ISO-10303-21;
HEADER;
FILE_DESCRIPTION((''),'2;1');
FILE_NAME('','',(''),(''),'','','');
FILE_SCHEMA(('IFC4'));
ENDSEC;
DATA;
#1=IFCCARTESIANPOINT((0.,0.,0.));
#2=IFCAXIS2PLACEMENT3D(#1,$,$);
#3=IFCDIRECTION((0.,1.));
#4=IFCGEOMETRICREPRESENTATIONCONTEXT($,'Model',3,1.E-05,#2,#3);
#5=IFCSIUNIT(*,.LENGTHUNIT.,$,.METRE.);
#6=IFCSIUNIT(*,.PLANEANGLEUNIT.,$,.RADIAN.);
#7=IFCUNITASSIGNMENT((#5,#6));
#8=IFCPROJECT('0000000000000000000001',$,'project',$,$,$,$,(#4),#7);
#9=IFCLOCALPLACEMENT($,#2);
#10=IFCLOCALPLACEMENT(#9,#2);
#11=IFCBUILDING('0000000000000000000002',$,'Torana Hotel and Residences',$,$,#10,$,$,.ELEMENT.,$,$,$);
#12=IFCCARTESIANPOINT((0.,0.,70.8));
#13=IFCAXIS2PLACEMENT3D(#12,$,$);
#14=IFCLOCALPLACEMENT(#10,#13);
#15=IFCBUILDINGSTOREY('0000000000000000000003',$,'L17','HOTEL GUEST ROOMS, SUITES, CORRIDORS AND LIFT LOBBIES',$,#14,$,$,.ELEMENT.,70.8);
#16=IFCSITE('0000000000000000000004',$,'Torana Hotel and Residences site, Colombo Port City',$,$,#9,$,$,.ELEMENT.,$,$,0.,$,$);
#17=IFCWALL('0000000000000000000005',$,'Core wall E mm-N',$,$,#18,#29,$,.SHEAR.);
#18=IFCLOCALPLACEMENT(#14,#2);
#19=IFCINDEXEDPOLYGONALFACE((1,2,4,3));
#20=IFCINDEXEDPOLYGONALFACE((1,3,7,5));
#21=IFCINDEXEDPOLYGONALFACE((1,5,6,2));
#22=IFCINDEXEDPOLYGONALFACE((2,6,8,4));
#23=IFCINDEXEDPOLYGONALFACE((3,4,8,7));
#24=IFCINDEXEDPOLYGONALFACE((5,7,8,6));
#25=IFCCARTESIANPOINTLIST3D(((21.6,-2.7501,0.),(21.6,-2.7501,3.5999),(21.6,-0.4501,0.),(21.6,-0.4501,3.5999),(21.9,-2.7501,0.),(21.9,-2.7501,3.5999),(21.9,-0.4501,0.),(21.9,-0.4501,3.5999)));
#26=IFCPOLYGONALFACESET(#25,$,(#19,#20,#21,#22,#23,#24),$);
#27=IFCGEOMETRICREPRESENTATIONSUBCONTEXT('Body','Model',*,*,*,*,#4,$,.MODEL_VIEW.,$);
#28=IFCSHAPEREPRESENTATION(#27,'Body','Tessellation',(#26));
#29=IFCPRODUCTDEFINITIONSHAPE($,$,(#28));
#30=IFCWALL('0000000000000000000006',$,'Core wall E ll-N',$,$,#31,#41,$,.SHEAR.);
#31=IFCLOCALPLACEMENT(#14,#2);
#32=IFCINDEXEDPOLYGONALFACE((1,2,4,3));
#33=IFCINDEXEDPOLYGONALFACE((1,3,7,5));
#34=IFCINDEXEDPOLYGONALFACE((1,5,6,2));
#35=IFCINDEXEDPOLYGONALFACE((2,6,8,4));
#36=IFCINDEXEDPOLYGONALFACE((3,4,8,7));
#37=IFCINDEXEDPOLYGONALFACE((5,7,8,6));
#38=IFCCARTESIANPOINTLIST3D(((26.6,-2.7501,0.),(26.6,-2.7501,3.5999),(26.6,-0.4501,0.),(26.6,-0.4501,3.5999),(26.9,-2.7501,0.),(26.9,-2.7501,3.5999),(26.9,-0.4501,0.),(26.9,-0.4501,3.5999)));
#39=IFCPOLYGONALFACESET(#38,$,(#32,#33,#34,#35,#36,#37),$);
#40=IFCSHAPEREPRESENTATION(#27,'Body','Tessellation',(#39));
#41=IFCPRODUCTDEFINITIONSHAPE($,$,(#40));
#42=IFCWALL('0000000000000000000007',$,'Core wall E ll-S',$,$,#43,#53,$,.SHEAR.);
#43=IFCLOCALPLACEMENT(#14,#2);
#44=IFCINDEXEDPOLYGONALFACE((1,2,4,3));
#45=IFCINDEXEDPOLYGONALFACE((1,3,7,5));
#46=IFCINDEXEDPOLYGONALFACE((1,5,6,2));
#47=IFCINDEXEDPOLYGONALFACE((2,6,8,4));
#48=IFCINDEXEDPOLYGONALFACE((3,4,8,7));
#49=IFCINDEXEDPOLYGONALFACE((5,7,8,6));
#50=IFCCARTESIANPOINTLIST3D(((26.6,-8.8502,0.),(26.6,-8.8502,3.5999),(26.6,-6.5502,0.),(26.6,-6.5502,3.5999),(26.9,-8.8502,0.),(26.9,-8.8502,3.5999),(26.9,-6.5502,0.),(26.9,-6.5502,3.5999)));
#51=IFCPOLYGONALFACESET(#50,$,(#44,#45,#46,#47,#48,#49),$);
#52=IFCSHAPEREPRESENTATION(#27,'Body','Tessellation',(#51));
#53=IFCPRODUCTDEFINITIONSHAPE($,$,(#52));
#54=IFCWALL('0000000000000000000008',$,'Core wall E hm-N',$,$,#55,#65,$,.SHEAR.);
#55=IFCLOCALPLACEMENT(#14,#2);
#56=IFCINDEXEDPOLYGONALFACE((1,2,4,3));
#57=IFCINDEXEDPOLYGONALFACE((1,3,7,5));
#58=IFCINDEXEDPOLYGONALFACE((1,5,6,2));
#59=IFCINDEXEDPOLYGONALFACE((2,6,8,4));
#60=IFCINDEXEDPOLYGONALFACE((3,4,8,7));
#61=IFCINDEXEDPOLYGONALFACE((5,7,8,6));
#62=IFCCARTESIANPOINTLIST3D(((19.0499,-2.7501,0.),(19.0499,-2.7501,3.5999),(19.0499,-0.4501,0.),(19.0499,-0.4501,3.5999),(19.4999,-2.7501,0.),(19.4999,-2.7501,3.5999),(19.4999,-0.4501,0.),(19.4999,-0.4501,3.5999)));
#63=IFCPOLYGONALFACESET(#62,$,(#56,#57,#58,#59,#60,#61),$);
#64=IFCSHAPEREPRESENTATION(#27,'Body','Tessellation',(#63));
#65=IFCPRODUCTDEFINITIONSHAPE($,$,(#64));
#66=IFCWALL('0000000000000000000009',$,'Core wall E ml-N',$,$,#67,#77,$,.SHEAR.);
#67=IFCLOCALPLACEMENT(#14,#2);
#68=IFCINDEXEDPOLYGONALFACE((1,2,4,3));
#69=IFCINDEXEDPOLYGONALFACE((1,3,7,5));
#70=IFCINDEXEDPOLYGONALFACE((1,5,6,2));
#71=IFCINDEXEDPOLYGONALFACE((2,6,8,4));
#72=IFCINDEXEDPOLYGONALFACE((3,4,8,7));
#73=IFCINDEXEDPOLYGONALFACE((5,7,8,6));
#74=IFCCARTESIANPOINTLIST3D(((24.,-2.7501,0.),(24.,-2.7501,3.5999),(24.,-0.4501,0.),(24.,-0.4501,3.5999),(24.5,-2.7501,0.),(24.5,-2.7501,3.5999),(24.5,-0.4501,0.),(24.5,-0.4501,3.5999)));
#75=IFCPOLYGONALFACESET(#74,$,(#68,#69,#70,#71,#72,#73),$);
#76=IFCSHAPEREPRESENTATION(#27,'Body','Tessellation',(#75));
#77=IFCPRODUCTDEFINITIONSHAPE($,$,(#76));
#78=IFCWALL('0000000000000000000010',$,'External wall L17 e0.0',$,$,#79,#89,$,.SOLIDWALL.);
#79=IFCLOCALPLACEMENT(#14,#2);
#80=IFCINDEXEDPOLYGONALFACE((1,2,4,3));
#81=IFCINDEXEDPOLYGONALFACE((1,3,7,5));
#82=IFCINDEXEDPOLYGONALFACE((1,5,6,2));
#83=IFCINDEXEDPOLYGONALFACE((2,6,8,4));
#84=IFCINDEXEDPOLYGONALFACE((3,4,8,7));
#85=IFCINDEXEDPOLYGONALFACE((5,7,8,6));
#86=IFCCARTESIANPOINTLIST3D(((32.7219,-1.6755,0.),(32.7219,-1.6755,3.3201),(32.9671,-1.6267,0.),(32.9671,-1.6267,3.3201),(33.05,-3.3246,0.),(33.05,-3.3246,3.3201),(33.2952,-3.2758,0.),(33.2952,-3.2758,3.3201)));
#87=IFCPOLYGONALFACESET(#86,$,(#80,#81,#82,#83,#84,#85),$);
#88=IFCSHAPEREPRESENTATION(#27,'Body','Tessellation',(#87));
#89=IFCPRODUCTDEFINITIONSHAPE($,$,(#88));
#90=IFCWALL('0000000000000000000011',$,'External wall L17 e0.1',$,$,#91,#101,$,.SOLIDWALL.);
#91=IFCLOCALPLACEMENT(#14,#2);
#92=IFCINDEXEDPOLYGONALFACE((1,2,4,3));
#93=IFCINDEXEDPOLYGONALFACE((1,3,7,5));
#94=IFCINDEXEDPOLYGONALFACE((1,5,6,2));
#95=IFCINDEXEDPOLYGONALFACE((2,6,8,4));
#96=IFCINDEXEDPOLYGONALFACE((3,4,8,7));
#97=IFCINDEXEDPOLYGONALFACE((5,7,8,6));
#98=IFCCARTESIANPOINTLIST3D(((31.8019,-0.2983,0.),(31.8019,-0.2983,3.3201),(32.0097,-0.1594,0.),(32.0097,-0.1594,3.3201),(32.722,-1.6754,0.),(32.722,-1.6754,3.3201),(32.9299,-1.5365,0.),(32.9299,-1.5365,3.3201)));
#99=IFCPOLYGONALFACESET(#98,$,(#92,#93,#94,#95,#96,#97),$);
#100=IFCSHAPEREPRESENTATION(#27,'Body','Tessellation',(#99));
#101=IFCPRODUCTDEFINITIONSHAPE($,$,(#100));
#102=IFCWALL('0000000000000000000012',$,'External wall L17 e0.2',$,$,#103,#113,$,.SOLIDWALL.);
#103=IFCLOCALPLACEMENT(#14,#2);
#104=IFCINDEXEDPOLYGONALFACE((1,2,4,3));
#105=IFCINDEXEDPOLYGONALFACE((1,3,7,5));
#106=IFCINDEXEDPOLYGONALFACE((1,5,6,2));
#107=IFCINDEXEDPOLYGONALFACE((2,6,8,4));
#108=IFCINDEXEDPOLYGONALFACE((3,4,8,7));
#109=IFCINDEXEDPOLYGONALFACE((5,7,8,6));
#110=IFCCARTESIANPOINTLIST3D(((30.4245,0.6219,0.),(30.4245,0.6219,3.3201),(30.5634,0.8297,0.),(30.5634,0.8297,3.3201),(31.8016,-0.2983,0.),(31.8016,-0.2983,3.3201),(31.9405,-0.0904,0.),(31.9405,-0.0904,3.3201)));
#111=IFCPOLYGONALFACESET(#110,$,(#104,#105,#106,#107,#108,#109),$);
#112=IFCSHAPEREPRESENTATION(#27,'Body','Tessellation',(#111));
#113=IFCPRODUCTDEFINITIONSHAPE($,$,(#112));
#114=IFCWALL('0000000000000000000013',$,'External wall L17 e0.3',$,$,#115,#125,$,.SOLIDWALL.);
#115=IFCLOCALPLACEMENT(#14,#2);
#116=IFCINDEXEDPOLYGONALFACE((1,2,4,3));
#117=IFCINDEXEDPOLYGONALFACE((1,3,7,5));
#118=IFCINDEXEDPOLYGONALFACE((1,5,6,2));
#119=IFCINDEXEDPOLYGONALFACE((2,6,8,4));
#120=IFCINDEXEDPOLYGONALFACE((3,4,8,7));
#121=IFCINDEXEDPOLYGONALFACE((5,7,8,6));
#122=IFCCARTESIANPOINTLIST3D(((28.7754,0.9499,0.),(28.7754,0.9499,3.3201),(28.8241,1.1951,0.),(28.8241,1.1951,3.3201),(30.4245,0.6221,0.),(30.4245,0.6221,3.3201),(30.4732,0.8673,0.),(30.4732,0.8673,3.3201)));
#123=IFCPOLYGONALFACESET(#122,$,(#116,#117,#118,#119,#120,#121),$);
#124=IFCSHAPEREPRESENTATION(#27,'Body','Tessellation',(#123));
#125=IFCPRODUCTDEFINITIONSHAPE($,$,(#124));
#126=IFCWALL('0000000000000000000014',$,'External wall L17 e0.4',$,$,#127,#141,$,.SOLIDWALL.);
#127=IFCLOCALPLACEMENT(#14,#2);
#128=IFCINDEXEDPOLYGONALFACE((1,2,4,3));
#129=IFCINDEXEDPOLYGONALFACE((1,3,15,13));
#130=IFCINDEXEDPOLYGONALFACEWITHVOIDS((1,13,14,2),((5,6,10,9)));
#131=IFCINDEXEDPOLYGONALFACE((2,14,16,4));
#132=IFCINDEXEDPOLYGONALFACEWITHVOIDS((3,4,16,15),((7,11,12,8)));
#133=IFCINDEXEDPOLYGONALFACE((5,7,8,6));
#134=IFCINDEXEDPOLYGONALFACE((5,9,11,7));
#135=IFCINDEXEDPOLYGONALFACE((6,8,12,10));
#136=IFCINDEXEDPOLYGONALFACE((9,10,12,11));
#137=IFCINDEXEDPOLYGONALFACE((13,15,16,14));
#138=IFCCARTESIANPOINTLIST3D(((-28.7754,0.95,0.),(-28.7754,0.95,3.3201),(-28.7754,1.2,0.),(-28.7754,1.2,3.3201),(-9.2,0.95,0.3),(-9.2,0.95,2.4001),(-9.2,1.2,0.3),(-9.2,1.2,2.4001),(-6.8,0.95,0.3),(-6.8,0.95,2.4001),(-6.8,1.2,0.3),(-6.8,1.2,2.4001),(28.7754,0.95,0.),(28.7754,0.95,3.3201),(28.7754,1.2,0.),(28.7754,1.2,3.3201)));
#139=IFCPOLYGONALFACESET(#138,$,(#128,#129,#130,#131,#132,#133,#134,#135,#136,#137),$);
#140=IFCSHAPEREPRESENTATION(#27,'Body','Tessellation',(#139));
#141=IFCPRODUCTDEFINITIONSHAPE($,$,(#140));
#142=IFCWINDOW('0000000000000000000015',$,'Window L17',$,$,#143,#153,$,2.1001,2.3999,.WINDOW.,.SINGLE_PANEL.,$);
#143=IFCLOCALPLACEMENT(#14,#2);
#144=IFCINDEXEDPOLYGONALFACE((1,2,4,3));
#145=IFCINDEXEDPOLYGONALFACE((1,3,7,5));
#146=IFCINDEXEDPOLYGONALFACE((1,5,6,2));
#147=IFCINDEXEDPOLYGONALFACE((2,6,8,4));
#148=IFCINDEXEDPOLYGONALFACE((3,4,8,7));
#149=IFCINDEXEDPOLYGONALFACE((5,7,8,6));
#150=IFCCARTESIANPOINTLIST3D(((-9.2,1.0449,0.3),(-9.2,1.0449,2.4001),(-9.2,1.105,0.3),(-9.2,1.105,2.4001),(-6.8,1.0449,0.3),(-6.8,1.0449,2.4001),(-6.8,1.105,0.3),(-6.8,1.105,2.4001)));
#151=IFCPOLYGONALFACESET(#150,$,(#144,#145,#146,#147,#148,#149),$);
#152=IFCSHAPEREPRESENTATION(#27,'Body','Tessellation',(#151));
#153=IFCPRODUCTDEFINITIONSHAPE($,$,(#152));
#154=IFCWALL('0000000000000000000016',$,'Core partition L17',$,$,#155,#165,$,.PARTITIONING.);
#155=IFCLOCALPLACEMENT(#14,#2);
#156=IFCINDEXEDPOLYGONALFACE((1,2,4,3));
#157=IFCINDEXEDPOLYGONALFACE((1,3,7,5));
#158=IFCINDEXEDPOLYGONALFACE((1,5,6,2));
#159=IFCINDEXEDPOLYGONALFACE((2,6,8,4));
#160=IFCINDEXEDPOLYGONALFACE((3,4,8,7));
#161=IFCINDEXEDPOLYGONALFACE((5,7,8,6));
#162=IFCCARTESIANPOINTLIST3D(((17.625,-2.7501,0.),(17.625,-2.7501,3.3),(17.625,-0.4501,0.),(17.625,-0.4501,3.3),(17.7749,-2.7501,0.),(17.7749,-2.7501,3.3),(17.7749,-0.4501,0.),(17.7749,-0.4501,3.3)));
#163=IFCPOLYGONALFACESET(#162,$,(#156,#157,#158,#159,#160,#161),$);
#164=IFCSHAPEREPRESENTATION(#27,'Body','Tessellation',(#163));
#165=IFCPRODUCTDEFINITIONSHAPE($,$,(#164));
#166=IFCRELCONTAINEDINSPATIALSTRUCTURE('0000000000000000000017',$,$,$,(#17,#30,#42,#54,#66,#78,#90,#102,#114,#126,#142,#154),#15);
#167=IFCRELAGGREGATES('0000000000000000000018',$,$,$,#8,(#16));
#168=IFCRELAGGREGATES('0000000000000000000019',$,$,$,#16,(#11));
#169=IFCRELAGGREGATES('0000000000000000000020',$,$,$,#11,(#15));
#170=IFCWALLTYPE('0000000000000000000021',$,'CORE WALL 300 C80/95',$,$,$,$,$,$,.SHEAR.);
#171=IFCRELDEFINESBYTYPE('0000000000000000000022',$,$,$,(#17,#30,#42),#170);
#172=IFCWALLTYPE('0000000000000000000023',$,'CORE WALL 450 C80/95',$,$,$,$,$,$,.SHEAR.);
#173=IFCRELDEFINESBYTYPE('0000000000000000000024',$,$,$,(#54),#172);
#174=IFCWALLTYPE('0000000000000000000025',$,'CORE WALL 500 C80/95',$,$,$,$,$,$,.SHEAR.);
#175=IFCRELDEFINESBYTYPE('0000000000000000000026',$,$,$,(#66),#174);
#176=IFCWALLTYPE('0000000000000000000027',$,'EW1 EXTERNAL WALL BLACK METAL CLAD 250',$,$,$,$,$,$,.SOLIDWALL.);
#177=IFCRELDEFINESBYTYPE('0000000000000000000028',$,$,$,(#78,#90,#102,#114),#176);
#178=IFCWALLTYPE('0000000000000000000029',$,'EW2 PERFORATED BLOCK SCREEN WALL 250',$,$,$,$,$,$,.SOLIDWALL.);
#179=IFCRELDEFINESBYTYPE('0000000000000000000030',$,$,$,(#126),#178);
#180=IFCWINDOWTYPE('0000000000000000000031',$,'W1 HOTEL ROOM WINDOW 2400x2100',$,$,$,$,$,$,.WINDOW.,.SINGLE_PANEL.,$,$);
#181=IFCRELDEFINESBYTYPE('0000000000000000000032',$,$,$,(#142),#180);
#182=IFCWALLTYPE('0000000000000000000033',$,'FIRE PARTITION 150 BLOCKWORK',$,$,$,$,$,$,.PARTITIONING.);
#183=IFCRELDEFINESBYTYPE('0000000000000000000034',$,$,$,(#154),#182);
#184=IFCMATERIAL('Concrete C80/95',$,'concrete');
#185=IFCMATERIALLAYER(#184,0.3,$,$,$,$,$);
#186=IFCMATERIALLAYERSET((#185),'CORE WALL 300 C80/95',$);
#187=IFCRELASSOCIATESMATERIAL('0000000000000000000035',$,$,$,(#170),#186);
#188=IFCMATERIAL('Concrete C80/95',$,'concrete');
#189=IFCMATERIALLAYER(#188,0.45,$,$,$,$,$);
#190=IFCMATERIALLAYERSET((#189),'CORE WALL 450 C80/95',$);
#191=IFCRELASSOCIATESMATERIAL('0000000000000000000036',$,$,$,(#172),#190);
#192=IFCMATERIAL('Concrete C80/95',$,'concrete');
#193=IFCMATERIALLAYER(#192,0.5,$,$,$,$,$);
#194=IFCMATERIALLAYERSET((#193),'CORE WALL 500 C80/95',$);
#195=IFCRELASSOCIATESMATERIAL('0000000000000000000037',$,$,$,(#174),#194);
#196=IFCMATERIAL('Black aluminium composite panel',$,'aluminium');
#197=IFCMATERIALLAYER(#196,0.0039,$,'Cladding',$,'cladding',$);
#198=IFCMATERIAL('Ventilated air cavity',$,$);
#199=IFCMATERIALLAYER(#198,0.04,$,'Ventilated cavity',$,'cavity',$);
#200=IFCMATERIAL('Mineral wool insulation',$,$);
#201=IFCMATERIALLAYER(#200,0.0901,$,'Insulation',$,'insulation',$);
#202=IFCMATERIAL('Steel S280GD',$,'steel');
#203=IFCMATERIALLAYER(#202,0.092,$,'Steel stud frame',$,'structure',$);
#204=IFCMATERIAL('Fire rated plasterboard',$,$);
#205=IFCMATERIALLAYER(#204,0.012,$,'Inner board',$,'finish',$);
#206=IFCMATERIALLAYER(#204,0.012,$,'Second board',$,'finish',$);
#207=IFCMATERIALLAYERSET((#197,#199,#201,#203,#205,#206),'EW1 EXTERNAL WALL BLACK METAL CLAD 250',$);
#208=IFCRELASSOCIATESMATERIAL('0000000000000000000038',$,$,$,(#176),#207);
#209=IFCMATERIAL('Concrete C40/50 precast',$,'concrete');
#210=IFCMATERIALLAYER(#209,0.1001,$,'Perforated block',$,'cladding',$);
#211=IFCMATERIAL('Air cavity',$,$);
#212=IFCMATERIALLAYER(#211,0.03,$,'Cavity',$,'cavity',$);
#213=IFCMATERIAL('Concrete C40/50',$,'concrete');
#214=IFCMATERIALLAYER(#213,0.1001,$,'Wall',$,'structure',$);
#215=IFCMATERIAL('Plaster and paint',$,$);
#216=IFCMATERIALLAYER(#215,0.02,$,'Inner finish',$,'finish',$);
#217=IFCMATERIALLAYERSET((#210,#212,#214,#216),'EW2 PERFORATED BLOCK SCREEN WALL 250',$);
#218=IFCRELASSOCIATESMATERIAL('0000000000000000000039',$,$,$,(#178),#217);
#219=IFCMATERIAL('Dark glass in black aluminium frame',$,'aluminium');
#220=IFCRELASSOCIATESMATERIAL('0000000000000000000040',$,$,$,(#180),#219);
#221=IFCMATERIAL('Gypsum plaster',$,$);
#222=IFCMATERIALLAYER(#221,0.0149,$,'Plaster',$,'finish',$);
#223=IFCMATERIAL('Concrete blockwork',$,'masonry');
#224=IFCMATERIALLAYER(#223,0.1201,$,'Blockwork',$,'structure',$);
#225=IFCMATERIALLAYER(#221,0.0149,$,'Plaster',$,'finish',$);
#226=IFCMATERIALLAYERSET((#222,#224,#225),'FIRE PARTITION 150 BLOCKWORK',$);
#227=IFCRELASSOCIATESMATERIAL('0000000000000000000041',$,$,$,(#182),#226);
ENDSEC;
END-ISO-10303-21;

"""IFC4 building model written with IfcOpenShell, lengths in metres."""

from ifc_helpers import new_model, si_unit, direction, frame, frame_2d, origin, place, context, subcontext, project, spatial, rectangle, extrude, material, layer, layer_set, type_object, element, fill, save


model = new_model("IFC4")

# Units and contexts
model_context = context("Model", 3, precision=1e-05, world=origin(), true_north=direction((0.0, 1.0)))
body_context = subcontext(model_context, "Body", "Model", "MODEL_VIEW")
ifc_project = project(units=[si_unit("LENGTHUNIT", "METRE"), si_unit("PLANEANGLEUNIT", "RADIAN")], contexts=[model_context])

# Site, building, storey
site_placement = place(None, origin())
site = spatial("IfcSite", under=ifc_project, at=site_placement, Name="Torana Hotel and Residences site, Colombo Port City", CompositionType="ELEMENT", RefElevation=0.0)
building_placement = place(site_placement, origin())
building = spatial("IfcBuilding", under=site, at=building_placement, Name="Torana Hotel and Residences", CompositionType="ELEMENT")
storey_placement = place(building_placement, frame((0.0, 0.0, 70.8)))
storey = spatial("IfcBuildingStorey", under=building, at=storey_placement, Name="L17", Description="HOTEL GUEST ROOMS, SUITES, CORRIDORS AND LIFT LOBBIES", CompositionType="ELEMENT", Elevation=70.8)

# Walls
ifc_material_1 = material(Name="Concrete C80/95", Category="concrete")
ifc_layer_1 = layer(ifc_material_1, 0.3)
ifc_layer_set_1 = layer_set([ifc_layer_1], Name="CORE WALL 300 C80/95")
wall_type_1 = type_object("IfcWallType", Name="CORE WALL 300 C80/95", PredefinedType="SHEAR", material=ifc_layer_set_1)
for number, where, z_axis, x_axis, name in (
    (1, (21.75, -2.75, 0.0), (0.0, 0.0, 1.0), (0.0, 1.0, 0.0), "Core wall E mm-N"),
    (2, (26.75, -2.75, 0.0), (0.0, 0.0, 1.0), (0.0, 1.0, 0.0), "Core wall E ll-N"),
    (3, (26.75, -8.8501, 0.0), (0.0, 0.0, 1.0), (0.0, 1.0, 0.0), "Core wall E ll-S"),
):
    element("IfcWall", number, at=place(storey_placement, frame(where, z_axis=z_axis, x_axis=x_axis)), inside=storey, type_object=wall_type_1, Name=name, PredefinedType="SHEAR", context=body_context, shape_type="SweptSolid", body=[
        extrude(rectangle(XDim=2.3, YDim=0.3, at=frame_2d((1.1499, 0.0))), origin(), (0.0, 0.0, 1.0), 3.5999),
    ])
ifc_material_2 = material(Name="Concrete C80/95", Category="concrete")
ifc_layer_2 = layer(ifc_material_2, 0.45)
ifc_layer_set_2 = layer_set([ifc_layer_2], Name="CORE WALL 450 C80/95")
wall_type_2 = type_object("IfcWallType", Name="CORE WALL 450 C80/95", PredefinedType="SHEAR", material=ifc_layer_set_2)
wall_1_placement = place(storey_placement, frame((19.2749, -2.75, 0.0), z_axis=(0.0, 0.0, 1.0), x_axis=(0.0, 1.0, 0.0)))
element("IfcWall", 4, at=wall_1_placement, inside=storey, type_object=wall_type_2, Name="Core wall E hm-N", PredefinedType="SHEAR", context=body_context, shape_type="SweptSolid", body=[
    extrude(rectangle(XDim=2.3, YDim=0.45, at=frame_2d((1.1499, 0.0))), origin(), (0.0, 0.0, 1.0), 3.5999),
])
ifc_material_3 = material(Name="Concrete C80/95", Category="concrete")
ifc_layer_3 = layer(ifc_material_3, 0.5)
ifc_layer_set_3 = layer_set([ifc_layer_3], Name="CORE WALL 500 C80/95")
wall_type_3 = type_object("IfcWallType", Name="CORE WALL 500 C80/95", PredefinedType="SHEAR", material=ifc_layer_set_3)
wall_2_placement = place(storey_placement, frame((24.25, -2.75, 0.0), z_axis=(0.0, 0.0, 1.0), x_axis=(0.0, 1.0, 0.0)))
element("IfcWall", 5, at=wall_2_placement, inside=storey, type_object=wall_type_3, Name="Core wall E ml-N", PredefinedType="SHEAR", context=body_context, shape_type="SweptSolid", body=[
    extrude(rectangle(XDim=2.3, YDim=0.5, at=frame_2d((1.1499, 0.0))), origin(), (0.0, 0.0, 1.0), 3.5999),
])
ifc_material_4 = material(Name="Black aluminium composite panel", Category="aluminium")
ifc_layer_4 = layer(ifc_material_4, 0.0039, Name="Cladding", Category="cladding")
ifc_material_5 = material(Name="Ventilated air cavity")
ifc_layer_5 = layer(ifc_material_5, 0.04, Name="Ventilated cavity", Category="cavity")
ifc_material_6 = material(Name="Mineral wool insulation")
ifc_layer_6 = layer(ifc_material_6, 0.0901, Name="Insulation", Category="insulation")
ifc_material_7 = material(Name="Steel S280GD", Category="steel")
ifc_layer_7 = layer(ifc_material_7, 0.092, Name="Steel stud frame", Category="structure")
ifc_material_8 = material(Name="Fire rated plasterboard")
ifc_layer_8 = layer(ifc_material_8, 0.012, Name="Inner board", Category="finish")
ifc_layer_9 = layer(ifc_material_8, 0.012, Name="Second board", Category="finish")
ifc_layer_set_4 = layer_set([ifc_layer_4, ifc_layer_5, ifc_layer_6, ifc_layer_7, ifc_layer_8, ifc_layer_9], Name="EW1 EXTERNAL WALL BLACK METAL CLAD 250")
wall_type_4 = type_object("IfcWallType", Name="EW1 EXTERNAL WALL BLACK METAL CLAD 250", PredefinedType="SOLIDWALL", material=ifc_layer_set_4)
wall_3_placement = place(storey_placement, frame((33.1726, -3.3003, 0.0), z_axis=(0.0, 0.0, 1.0), x_axis=(-0.195139, 0.980776, 0.0)))
element("IfcWall", 6, at=wall_3_placement, inside=storey, type_object=wall_type_4, Name="External wall L17 e0.0", PredefinedType="SOLIDWALL", context=body_context, shape_type="SweptSolid", body=[
    extrude(rectangle(XDim=1.6814, YDim=0.25, at=frame_2d((0.8408, 0.0))), origin(), (0.0, 0.0, 1.0), 3.3201),
])
for number, where, z_axis, x_axis, name in (
    (7, (32.8259, -1.606, 0.0), (0.0, 0.0, 1.0), (-0.55555, 0.831483, 0.0), "External wall L17 e0.1"),
    (8, (31.8711, -0.1943, 0.0), (0.0, 0.0, 1.0), (-0.831483, 0.55555, 0.0), "External wall L17 e0.2"),
):
    element("IfcWall", number, at=place(storey_placement, frame(where, z_axis=z_axis, x_axis=x_axis)), inside=storey, type_object=wall_type_4, Name=name, PredefinedType="SOLIDWALL", context=body_context, shape_type="SweptSolid", body=[
        extrude(rectangle(XDim=1.6562, YDim=0.25, at=frame_2d((0.8281, 0.0))), origin(), (0.0, 0.0, 1.0), 3.3201),
    ])
wall_4_placement = place(storey_placement, frame((30.449, 0.7446, 0.0), z_axis=(0.0, 0.0, 1.0), x_axis=(-0.980803, 0.194999, 0.0)))
element("IfcWall", 9, at=wall_4_placement, inside=storey, type_object=wall_type_4, Name="External wall L17 e0.3", PredefinedType="SOLIDWALL", context=body_context, shape_type="SweptSolid", body=[
    extrude(rectangle(XDim=1.6814, YDim=0.25, at=frame_2d((0.8408, 0.0))), origin(), (0.0, 0.0, 1.0), 3.3201),
])

# Wall, opening, window
ifc_material_9 = material(Name="Concrete C40/50 precast", Category="concrete")
ifc_layer_10 = layer(ifc_material_9, 0.1001, Name="Perforated block", Category="cladding")
ifc_material_10 = material(Name="Air cavity")
ifc_layer_11 = layer(ifc_material_10, 0.03, Name="Cavity", Category="cavity")
ifc_material_11 = material(Name="Concrete C40/50", Category="concrete")
ifc_layer_12 = layer(ifc_material_11, 0.1001, Name="Wall", Category="structure")
ifc_material_12 = material(Name="Plaster and paint")
ifc_layer_13 = layer(ifc_material_12, 0.02, Name="Inner finish", Category="finish")
ifc_layer_set_5 = layer_set([ifc_layer_10, ifc_layer_11, ifc_layer_12, ifc_layer_13], Name="EW2 PERFORATED BLOCK SCREEN WALL 250")
wall_type_5 = type_object("IfcWallType", Name="EW2 PERFORATED BLOCK SCREEN WALL 250", PredefinedType="SOLIDWALL", material=ifc_layer_set_5)
wall_5_placement = place(storey_placement, frame((28.7754, 1.075, 0.0), z_axis=(0.0, 0.0, 1.0), x_axis=(-1.0, 0.0, 0.0)))
wall_5 = element("IfcWall", 10, at=wall_5_placement, inside=storey, type_object=wall_type_5, Name="External wall L17 e0.4", PredefinedType="SOLIDWALL", context=body_context, shape_type="SweptSolid", body=[
    extrude(rectangle(XDim=57.5508, YDim=0.25, at=frame_2d((28.7754, 0.0))), origin(), (0.0, 0.0, 1.0), 3.3201),
])
opening_1_placement = place(wall_5_placement, frame((35.5754, 0.0, 0.3)))
opening_1 = element("IfcOpeningElement", 11, at=opening_1_placement, cuts=wall_5, PredefinedType="OPENING", context=body_context, shape_type="SweptSolid", body=[
    extrude(rectangle(XDim=2.3999, YDim=2.1001, at=frame_2d((1.2, 1.05))), frame((0.0, 0.135, 0.0), z_axis=(0.0, -1.0, 0.0), x_axis=(1.0, 0.0, 0.0)), (0.0, 0.0, 1.0), 0.27),
])
ifc_material_13 = material(Name="Dark glass in black aluminium frame", Category="aluminium")
window_type = type_object("IfcWindowType", Name="W1 HOTEL ROOM WINDOW 2400x2100", PartitioningType="SINGLE_PANEL", PredefinedType="WINDOW", material=ifc_material_13)
window_placement = place(opening_1_placement, origin())
window = element("IfcWindow", 12, at=window_placement, inside=storey, type_object=window_type, Name="Window L17", OverallHeight=2.1001, OverallWidth=2.3999, PartitioningType="SINGLE_PANEL", PredefinedType="WINDOW", context=body_context, shape_type="SweptSolid", body=[
    extrude(rectangle(XDim=2.3999, YDim=2.1001, at=frame_2d((1.2, 1.05))), frame((0.0, 0.03, 0.0), z_axis=(0.0, -1.0, 0.0), x_axis=(1.0, 0.0, 0.0)), (0.0, 0.0, 1.0), 0.0601),
])
fill(opening_1, window)

# Wall
ifc_material_14 = material(Name="Gypsum plaster")
ifc_layer_14 = layer(ifc_material_14, 0.0149, Name="Plaster", Category="finish")
ifc_material_15 = material(Name="Concrete blockwork", Category="masonry")
ifc_layer_15 = layer(ifc_material_15, 0.1201, Name="Blockwork", Category="structure")
ifc_layer_16 = layer(ifc_material_14, 0.0149, Name="Plaster", Category="finish")
ifc_layer_set_6 = layer_set([ifc_layer_14, ifc_layer_15, ifc_layer_16], Name="FIRE PARTITION 150 BLOCKWORK")
wall_type_6 = type_object("IfcWallType", Name="FIRE PARTITION 150 BLOCKWORK", PredefinedType="PARTITIONING", material=ifc_layer_set_6)
wall_6_placement = place(storey_placement, frame((17.7, -2.75, 0.0), z_axis=(0.0, 0.0, 1.0), x_axis=(0.0, 1.0, 0.0)))
element("IfcWall", 13, at=wall_6_placement, inside=storey, type_object=wall_type_6, Name="Core partition L17", PredefinedType="PARTITIONING", context=body_context, shape_type="SweptSolid", body=[
    extrude(rectangle(XDim=2.3, YDim=0.1499, at=frame_2d((1.1499, 0.0))), origin(), (0.0, 0.0, 1.0), 3.3),
])

save(model, "model.ifc")
